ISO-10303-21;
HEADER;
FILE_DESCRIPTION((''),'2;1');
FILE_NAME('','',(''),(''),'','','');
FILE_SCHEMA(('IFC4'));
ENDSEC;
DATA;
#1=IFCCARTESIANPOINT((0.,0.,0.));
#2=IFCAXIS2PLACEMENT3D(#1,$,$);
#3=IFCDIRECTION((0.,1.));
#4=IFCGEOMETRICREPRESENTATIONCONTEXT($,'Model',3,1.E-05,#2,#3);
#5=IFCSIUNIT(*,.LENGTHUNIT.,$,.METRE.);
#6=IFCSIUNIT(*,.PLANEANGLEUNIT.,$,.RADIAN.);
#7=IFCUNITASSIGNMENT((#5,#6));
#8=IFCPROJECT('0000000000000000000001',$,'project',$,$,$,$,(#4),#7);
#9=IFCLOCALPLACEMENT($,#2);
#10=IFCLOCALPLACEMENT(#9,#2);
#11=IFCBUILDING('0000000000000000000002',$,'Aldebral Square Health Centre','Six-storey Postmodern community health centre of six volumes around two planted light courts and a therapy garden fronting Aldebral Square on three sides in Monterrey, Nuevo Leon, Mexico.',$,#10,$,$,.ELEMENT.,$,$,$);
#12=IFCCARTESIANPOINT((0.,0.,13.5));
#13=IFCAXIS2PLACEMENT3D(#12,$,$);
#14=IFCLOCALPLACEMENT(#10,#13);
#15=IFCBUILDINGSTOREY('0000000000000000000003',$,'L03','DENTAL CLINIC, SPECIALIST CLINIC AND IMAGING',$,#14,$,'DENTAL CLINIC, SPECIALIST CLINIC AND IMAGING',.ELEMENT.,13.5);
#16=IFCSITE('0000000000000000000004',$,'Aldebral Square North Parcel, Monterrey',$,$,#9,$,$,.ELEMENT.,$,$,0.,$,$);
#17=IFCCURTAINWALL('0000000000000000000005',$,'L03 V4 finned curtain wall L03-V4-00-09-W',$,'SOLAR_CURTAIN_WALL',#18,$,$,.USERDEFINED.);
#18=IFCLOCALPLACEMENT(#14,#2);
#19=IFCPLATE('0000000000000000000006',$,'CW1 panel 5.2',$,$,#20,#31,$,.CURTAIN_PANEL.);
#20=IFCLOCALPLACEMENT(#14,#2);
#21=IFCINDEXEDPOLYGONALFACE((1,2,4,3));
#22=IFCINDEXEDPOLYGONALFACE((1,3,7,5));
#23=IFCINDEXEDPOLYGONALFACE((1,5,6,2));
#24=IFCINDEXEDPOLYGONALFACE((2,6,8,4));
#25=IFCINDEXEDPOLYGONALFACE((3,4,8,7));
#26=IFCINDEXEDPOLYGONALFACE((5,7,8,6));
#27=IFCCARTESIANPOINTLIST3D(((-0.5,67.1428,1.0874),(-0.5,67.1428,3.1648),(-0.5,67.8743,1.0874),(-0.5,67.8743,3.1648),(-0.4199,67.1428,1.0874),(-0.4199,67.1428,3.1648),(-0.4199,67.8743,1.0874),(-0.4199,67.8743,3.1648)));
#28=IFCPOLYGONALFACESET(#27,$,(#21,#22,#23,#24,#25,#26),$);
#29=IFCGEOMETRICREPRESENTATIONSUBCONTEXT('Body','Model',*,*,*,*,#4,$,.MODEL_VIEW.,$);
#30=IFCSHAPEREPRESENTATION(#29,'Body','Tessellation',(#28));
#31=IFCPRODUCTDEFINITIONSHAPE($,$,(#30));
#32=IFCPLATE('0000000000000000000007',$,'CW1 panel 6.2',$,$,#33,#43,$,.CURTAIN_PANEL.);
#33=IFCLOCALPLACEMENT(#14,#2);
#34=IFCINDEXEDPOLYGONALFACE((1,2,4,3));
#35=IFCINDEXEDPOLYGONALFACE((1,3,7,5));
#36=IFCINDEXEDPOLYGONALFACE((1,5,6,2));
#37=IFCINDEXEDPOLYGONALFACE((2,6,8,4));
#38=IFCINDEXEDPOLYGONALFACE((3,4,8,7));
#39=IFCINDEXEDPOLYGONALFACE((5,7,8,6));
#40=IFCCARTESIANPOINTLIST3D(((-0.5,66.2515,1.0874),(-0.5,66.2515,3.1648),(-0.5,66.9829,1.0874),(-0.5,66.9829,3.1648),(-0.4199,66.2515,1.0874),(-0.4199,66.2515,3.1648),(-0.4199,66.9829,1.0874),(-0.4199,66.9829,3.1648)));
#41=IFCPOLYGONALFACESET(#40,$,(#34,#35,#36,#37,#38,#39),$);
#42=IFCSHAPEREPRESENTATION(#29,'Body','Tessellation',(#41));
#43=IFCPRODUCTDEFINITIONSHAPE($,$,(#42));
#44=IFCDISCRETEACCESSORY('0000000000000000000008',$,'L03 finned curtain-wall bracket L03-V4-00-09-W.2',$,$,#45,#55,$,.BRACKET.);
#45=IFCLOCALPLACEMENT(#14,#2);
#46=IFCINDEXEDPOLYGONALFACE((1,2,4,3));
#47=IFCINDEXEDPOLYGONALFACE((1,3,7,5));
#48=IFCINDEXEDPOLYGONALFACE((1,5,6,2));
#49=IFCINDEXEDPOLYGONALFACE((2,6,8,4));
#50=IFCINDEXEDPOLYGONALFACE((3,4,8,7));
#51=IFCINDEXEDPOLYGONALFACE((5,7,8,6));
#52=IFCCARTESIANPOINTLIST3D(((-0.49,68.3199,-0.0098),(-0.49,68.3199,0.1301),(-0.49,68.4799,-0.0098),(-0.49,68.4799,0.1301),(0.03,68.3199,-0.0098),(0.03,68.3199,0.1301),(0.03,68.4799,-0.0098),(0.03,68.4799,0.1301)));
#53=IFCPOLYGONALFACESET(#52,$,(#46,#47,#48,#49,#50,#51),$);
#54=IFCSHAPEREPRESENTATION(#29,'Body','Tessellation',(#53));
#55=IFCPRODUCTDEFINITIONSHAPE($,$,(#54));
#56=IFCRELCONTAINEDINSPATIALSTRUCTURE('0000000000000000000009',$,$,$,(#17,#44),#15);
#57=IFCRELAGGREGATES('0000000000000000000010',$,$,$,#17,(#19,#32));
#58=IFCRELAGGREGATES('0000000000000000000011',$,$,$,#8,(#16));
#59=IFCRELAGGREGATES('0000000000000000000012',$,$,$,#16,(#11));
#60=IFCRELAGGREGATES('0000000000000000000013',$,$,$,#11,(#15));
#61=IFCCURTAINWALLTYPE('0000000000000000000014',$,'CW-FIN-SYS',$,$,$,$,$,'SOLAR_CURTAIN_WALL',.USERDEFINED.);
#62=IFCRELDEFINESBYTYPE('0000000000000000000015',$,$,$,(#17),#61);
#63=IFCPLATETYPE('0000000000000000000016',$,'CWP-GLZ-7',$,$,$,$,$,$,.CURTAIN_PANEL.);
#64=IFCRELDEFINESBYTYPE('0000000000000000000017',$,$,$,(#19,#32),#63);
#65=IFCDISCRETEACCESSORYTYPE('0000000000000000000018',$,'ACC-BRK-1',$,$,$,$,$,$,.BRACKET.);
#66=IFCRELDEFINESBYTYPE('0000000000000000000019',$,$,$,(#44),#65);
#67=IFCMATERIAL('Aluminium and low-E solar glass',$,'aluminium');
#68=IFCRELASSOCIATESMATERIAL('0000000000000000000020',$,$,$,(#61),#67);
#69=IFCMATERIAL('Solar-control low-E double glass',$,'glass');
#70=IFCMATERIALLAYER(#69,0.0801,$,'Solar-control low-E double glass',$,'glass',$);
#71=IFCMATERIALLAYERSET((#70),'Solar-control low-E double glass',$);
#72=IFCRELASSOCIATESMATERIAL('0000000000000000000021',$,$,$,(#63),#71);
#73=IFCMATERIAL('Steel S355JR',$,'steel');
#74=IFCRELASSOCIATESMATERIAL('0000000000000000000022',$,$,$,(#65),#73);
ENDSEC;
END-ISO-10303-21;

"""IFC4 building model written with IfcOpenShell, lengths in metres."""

from ifc_helpers import new_model, si_unit, direction, frame, origin, origin_2d, place, context, subcontext, project, spatial, rectangle, extrude, material, layer, layer_set, type_object, element, aggregate, save


model = new_model("IFC4")

# Units and contexts
model_context = context("Model", 3, precision=1e-05, world=origin(), true_north=direction((0.0, 1.0)))
body_context = subcontext(model_context, "Body", "Model", "MODEL_VIEW")
ifc_project = project(units=[si_unit("LENGTHUNIT", "METRE"), si_unit("PLANEANGLEUNIT", "RADIAN")], contexts=[model_context])

# Site, building, storey
site_placement = place(None, origin())
site = spatial("IfcSite", under=ifc_project, at=site_placement, Name="Aldebral Square North Parcel, Monterrey", CompositionType="ELEMENT", RefElevation=0.0)
building_placement = place(site_placement, origin())
building = spatial("IfcBuilding", under=site, at=building_placement, Name="Aldebral Square Health Centre", Description="Six-storey Postmodern community health centre of six volumes around two planted light courts and a therapy garden fronting Aldebral Square on three sides in Monterrey, Nuevo Leon, Mexico.", CompositionType="ELEMENT")
storey_placement = place(building_placement, frame((0.0, 0.0, 13.5)))
storey = spatial("IfcBuildingStorey", under=building, at=storey_placement, Name="L03", Description="DENTAL CLINIC, SPECIALIST CLINIC AND IMAGING", LongName="DENTAL CLINIC, SPECIALIST CLINIC AND IMAGING", CompositionType="ELEMENT", Elevation=13.5)

# Curtain wall, plates
ifc_material_1 = material(Name="Aluminium and low-E solar glass", Category="aluminium")
curtain_wall_type = type_object("IfcCurtainWallType", Name="CW-FIN-SYS", ElementType="SOLAR_CURTAIN_WALL", PredefinedType="USERDEFINED", material=ifc_material_1)
curtain_wall_placement = place(storey_placement, origin())
curtain_wall = element("IfcCurtainWall", 1, at=curtain_wall_placement, inside=storey, type_object=curtain_wall_type, Name="L03 V4 finned curtain wall L03-V4-00-09-W", ObjectType="SOLAR_CURTAIN_WALL", PredefinedType="USERDEFINED")
ifc_material_2 = material(Name="Solar-control low-E double glass", Category="glass")
ifc_layer = layer(ifc_material_2, 0.0801, Name="Solar-control low-E double glass", Category="glass")
ifc_layer_set = layer_set([ifc_layer], Name="Solar-control low-E double glass")
plate_type = type_object("IfcPlateType", Name="CWP-GLZ-7", PredefinedType="CURTAIN_PANEL", material=ifc_layer_set)
plate_1_placement = place(storey_placement, frame((-0.46, 67.5085, 1.0874), z_axis=(0.0, 0.0, 1.0), x_axis=(0.0, -1.0, 0.0)))
plate_1 = element("IfcPlate", 2, at=plate_1_placement, type_object=plate_type, Name="CW1 panel 5.2", PredefinedType="CURTAIN_PANEL", context=body_context, shape_type="SweptSolid", body=[
    extrude(rectangle(XDim=0.7314, YDim=0.0801, at=origin_2d()), origin(), (0.0, 0.0, 1.0), 2.0774),
])
plate_2_placement = place(storey_placement, frame((-0.46, 66.6172, 1.0874), z_axis=(0.0, 0.0, 1.0), x_axis=(0.0, -1.0, 0.0)))
plate_2 = element("IfcPlate", 3, at=plate_2_placement, type_object=plate_type, Name="CW1 panel 6.2", PredefinedType="CURTAIN_PANEL", context=body_context, shape_type="SweptSolid", body=[
    extrude(rectangle(XDim=0.7314, YDim=0.0801, at=origin_2d()), origin(), (0.0, 0.0, 1.0), 2.0774),
])
aggregate(curtain_wall, [plate_1, plate_2])

# Discrete accessory
ifc_material_3 = material(Name="Steel S355JR", Category="steel")
discrete_accessory_type = type_object("IfcDiscreteAccessoryType", Name="ACC-BRK-1", PredefinedType="BRACKET", material=ifc_material_3)
discrete_accessory_placement = place(storey_placement, frame((-0.23, 68.3999, -0.0098), z_axis=(0.0, 0.0, 1.0), x_axis=(0.0, 1.0, 0.0)))
element("IfcDiscreteAccessory", 4, at=discrete_accessory_placement, inside=storey, type_object=discrete_accessory_type, Name="L03 finned curtain-wall bracket L03-V4-00-09-W.2", PredefinedType="BRACKET", context=body_context, shape_type="SweptSolid", body=[
    extrude(rectangle(XDim=0.1599, YDim=0.52, at=origin_2d()), origin(), (0.0, 0.0, 1.0), 0.1399),
])

save(model, "model.ifc")
